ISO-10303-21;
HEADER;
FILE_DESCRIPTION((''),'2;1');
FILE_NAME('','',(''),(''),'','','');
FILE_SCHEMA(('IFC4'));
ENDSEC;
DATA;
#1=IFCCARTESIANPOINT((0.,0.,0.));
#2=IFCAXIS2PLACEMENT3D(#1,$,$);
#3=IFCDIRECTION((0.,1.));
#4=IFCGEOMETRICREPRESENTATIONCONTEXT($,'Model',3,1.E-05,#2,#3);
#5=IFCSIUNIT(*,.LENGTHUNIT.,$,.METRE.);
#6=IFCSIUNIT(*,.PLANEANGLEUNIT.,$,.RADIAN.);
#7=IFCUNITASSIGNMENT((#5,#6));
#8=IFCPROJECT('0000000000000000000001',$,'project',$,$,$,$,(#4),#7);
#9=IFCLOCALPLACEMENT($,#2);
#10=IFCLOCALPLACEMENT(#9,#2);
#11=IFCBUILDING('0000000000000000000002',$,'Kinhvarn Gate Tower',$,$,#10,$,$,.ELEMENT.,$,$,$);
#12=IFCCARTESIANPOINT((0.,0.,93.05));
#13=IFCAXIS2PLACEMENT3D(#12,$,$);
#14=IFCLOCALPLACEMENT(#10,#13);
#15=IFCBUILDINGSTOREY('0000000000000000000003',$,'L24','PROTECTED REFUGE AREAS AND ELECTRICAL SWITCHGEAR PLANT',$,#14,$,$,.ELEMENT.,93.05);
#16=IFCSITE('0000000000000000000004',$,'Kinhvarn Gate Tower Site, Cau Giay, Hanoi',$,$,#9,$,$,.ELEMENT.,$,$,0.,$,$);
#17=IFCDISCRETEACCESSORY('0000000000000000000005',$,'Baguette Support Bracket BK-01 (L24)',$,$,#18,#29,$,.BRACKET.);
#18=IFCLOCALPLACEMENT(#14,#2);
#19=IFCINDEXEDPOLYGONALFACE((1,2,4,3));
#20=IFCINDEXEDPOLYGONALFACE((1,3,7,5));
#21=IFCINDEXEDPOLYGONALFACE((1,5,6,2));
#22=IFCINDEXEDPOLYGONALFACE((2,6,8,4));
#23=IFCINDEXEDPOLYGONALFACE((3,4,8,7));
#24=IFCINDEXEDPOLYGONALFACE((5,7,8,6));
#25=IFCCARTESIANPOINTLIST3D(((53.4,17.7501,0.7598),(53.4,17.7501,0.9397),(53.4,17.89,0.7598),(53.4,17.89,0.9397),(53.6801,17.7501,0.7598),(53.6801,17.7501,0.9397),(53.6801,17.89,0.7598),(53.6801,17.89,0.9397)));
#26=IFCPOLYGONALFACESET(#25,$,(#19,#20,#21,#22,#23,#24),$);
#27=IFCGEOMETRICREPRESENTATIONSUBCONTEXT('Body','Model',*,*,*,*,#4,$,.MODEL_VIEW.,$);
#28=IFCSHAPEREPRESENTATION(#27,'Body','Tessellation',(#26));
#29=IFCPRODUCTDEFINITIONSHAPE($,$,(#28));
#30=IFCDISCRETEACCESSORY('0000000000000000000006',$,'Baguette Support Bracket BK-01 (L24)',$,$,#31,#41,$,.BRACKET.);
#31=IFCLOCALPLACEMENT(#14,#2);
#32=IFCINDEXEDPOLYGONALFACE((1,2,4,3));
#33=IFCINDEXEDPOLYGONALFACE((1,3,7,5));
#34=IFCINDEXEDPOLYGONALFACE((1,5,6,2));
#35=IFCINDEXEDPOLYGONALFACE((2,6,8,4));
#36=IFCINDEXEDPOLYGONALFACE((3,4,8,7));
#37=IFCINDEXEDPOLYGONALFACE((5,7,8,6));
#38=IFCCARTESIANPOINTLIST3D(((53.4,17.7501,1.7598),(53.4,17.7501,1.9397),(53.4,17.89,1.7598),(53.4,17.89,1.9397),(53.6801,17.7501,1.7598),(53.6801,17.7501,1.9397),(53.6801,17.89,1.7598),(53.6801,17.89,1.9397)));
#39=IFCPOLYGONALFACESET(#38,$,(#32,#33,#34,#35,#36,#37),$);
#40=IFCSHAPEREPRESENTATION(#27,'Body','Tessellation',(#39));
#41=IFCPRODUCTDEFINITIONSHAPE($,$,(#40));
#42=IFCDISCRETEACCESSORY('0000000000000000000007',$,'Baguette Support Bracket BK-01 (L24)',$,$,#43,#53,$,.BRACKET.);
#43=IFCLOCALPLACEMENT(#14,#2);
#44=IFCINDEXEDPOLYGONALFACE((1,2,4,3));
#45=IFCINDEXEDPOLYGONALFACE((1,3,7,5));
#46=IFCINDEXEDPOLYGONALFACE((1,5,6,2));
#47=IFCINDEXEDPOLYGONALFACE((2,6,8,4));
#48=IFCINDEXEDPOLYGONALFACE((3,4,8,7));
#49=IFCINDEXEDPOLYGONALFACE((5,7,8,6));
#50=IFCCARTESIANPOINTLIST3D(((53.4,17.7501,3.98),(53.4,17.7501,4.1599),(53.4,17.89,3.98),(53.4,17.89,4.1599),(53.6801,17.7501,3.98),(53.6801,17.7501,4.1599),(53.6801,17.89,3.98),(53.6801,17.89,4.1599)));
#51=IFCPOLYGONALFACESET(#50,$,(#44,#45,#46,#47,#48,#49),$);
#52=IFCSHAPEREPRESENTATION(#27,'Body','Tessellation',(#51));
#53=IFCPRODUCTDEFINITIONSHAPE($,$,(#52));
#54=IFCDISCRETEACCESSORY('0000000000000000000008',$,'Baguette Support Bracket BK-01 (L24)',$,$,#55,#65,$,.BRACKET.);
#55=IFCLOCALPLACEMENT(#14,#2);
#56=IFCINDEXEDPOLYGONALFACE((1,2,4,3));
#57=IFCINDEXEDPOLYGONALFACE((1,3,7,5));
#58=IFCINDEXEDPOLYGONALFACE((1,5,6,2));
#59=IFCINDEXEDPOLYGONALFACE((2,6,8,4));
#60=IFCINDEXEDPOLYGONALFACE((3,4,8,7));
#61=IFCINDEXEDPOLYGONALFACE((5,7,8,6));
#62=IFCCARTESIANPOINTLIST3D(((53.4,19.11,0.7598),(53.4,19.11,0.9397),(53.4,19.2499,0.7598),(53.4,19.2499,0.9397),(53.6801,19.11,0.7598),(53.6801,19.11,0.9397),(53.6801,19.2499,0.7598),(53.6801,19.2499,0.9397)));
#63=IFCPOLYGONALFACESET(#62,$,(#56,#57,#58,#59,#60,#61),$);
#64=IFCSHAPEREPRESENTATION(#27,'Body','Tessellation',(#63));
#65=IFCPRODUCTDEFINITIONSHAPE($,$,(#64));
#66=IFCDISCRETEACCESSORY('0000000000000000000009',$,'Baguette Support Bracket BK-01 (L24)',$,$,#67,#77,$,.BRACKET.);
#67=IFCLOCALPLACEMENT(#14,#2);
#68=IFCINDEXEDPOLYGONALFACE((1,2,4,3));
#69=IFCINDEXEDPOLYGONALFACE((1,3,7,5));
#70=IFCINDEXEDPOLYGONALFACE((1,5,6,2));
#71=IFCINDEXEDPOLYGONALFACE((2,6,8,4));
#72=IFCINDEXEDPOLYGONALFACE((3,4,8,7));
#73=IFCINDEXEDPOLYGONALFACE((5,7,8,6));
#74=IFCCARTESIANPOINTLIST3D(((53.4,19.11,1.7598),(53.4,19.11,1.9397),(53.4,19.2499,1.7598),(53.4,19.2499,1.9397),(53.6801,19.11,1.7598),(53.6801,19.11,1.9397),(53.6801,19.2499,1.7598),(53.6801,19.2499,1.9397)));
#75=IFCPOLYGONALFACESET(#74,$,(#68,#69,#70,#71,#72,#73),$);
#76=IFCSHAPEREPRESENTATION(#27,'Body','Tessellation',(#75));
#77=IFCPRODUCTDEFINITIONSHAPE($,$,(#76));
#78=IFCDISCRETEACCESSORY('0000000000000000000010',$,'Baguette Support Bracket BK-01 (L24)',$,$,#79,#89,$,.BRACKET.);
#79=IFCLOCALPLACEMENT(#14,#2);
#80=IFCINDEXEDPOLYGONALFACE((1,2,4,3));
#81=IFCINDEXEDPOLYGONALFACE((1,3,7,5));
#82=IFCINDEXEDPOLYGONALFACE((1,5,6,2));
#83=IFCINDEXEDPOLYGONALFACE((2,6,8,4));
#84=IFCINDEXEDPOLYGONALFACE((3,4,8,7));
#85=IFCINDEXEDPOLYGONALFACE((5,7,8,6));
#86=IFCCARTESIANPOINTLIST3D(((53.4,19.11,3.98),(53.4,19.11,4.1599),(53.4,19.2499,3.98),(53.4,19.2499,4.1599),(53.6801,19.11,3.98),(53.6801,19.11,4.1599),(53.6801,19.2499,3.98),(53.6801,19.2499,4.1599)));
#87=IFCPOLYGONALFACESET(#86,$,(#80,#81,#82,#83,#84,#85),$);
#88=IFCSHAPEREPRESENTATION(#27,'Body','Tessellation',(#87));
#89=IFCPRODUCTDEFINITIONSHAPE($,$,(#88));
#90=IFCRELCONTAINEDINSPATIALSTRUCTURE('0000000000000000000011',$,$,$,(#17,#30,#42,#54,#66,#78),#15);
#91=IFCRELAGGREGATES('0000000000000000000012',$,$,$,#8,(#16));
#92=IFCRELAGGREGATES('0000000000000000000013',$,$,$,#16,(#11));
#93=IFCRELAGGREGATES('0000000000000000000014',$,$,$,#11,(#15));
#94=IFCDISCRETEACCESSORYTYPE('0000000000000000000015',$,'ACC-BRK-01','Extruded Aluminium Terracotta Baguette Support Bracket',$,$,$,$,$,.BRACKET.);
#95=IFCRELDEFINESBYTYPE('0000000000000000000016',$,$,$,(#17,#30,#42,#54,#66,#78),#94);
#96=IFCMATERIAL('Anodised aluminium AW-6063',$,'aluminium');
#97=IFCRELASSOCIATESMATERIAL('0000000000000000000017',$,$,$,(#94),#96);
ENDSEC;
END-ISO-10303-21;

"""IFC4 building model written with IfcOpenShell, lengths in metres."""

from ifc_helpers import new_model, si_unit, direction, frame, origin, origin_2d, place, context, subcontext, project, spatial, rectangle, extrude, material, type_object, element, save


model = new_model("IFC4")

# Units and contexts
model_context = context("Model", 3, precision=1e-05, world=origin(), true_north=direction((0.0, 1.0)))
body_context = subcontext(model_context, "Body", "Model", "MODEL_VIEW")
ifc_project = project(units=[si_unit("LENGTHUNIT", "METRE"), si_unit("PLANEANGLEUNIT", "RADIAN")], contexts=[model_context])

# Site, building, storey
site_placement = place(None, origin())
site = spatial("IfcSite", under=ifc_project, at=site_placement, Name="Kinhvarn Gate Tower Site, Cau Giay, Hanoi", CompositionType="ELEMENT", RefElevation=0.0)
building_placement = place(site_placement, origin())
building = spatial("IfcBuilding", under=site, at=building_placement, Name="Kinhvarn Gate Tower", CompositionType="ELEMENT")
storey_placement = place(building_placement, frame((0.0, 0.0, 93.05)))
storey = spatial("IfcBuildingStorey", under=building, at=storey_placement, Name="L24", Description="PROTECTED REFUGE AREAS AND ELECTRICAL SWITCHGEAR PLANT", CompositionType="ELEMENT", Elevation=93.05)

# Shared definitions
ifc_material_1 = material(Name="Anodised aluminium AW-6063", Category="aluminium")

# Discrete accessories
discrete_accessory_type = type_object("IfcDiscreteAccessoryType", Name="ACC-BRK-01", Description="Extruded Aluminium Terracotta Baguette Support Bracket", PredefinedType="BRACKET", material=ifc_material_1)
for number, where, z_axis, x_axis, name in (
    (1, (53.54, 17.8201, 0.7598), (0.0, 0.0, 1.0), (0.0, 1.0, 0.0), "Baguette Support Bracket BK-01 (L24)"),
    (2, (53.54, 17.8201, 1.7598), (0.0, 0.0, 1.0), (0.0, 1.0, 0.0), "Baguette Support Bracket BK-01 (L24)"),
    (3, (53.54, 17.8201, 3.98), (0.0, 0.0, 1.0), (0.0, 1.0, 0.0), "Baguette Support Bracket BK-01 (L24)"),
    (4, (53.54, 19.1799, 0.7598), (0.0, 0.0, 1.0), (0.0, 1.0, 0.0), "Baguette Support Bracket BK-01 (L24)"),
    (5, (53.54, 19.1799, 1.7598), (0.0, 0.0, 1.0), (0.0, 1.0, 0.0), "Baguette Support Bracket BK-01 (L24)"),
    (6, (53.54, 19.1799, 3.98), (0.0, 0.0, 1.0), (0.0, 1.0, 0.0), "Baguette Support Bracket BK-01 (L24)"),
):
    element("IfcDiscreteAccessory", number, at=place(storey_placement, frame(where, z_axis=z_axis, x_axis=x_axis)), inside=storey, type_object=discrete_accessory_type, Name=name, PredefinedType="BRACKET", context=body_context, shape_type="SweptSolid", body=[
        extrude(rectangle(XDim=0.1399, YDim=0.28, at=origin_2d()), origin(), (0.0, 0.0, 1.0), 0.1799),
    ])

save(model, "model.ifc")
